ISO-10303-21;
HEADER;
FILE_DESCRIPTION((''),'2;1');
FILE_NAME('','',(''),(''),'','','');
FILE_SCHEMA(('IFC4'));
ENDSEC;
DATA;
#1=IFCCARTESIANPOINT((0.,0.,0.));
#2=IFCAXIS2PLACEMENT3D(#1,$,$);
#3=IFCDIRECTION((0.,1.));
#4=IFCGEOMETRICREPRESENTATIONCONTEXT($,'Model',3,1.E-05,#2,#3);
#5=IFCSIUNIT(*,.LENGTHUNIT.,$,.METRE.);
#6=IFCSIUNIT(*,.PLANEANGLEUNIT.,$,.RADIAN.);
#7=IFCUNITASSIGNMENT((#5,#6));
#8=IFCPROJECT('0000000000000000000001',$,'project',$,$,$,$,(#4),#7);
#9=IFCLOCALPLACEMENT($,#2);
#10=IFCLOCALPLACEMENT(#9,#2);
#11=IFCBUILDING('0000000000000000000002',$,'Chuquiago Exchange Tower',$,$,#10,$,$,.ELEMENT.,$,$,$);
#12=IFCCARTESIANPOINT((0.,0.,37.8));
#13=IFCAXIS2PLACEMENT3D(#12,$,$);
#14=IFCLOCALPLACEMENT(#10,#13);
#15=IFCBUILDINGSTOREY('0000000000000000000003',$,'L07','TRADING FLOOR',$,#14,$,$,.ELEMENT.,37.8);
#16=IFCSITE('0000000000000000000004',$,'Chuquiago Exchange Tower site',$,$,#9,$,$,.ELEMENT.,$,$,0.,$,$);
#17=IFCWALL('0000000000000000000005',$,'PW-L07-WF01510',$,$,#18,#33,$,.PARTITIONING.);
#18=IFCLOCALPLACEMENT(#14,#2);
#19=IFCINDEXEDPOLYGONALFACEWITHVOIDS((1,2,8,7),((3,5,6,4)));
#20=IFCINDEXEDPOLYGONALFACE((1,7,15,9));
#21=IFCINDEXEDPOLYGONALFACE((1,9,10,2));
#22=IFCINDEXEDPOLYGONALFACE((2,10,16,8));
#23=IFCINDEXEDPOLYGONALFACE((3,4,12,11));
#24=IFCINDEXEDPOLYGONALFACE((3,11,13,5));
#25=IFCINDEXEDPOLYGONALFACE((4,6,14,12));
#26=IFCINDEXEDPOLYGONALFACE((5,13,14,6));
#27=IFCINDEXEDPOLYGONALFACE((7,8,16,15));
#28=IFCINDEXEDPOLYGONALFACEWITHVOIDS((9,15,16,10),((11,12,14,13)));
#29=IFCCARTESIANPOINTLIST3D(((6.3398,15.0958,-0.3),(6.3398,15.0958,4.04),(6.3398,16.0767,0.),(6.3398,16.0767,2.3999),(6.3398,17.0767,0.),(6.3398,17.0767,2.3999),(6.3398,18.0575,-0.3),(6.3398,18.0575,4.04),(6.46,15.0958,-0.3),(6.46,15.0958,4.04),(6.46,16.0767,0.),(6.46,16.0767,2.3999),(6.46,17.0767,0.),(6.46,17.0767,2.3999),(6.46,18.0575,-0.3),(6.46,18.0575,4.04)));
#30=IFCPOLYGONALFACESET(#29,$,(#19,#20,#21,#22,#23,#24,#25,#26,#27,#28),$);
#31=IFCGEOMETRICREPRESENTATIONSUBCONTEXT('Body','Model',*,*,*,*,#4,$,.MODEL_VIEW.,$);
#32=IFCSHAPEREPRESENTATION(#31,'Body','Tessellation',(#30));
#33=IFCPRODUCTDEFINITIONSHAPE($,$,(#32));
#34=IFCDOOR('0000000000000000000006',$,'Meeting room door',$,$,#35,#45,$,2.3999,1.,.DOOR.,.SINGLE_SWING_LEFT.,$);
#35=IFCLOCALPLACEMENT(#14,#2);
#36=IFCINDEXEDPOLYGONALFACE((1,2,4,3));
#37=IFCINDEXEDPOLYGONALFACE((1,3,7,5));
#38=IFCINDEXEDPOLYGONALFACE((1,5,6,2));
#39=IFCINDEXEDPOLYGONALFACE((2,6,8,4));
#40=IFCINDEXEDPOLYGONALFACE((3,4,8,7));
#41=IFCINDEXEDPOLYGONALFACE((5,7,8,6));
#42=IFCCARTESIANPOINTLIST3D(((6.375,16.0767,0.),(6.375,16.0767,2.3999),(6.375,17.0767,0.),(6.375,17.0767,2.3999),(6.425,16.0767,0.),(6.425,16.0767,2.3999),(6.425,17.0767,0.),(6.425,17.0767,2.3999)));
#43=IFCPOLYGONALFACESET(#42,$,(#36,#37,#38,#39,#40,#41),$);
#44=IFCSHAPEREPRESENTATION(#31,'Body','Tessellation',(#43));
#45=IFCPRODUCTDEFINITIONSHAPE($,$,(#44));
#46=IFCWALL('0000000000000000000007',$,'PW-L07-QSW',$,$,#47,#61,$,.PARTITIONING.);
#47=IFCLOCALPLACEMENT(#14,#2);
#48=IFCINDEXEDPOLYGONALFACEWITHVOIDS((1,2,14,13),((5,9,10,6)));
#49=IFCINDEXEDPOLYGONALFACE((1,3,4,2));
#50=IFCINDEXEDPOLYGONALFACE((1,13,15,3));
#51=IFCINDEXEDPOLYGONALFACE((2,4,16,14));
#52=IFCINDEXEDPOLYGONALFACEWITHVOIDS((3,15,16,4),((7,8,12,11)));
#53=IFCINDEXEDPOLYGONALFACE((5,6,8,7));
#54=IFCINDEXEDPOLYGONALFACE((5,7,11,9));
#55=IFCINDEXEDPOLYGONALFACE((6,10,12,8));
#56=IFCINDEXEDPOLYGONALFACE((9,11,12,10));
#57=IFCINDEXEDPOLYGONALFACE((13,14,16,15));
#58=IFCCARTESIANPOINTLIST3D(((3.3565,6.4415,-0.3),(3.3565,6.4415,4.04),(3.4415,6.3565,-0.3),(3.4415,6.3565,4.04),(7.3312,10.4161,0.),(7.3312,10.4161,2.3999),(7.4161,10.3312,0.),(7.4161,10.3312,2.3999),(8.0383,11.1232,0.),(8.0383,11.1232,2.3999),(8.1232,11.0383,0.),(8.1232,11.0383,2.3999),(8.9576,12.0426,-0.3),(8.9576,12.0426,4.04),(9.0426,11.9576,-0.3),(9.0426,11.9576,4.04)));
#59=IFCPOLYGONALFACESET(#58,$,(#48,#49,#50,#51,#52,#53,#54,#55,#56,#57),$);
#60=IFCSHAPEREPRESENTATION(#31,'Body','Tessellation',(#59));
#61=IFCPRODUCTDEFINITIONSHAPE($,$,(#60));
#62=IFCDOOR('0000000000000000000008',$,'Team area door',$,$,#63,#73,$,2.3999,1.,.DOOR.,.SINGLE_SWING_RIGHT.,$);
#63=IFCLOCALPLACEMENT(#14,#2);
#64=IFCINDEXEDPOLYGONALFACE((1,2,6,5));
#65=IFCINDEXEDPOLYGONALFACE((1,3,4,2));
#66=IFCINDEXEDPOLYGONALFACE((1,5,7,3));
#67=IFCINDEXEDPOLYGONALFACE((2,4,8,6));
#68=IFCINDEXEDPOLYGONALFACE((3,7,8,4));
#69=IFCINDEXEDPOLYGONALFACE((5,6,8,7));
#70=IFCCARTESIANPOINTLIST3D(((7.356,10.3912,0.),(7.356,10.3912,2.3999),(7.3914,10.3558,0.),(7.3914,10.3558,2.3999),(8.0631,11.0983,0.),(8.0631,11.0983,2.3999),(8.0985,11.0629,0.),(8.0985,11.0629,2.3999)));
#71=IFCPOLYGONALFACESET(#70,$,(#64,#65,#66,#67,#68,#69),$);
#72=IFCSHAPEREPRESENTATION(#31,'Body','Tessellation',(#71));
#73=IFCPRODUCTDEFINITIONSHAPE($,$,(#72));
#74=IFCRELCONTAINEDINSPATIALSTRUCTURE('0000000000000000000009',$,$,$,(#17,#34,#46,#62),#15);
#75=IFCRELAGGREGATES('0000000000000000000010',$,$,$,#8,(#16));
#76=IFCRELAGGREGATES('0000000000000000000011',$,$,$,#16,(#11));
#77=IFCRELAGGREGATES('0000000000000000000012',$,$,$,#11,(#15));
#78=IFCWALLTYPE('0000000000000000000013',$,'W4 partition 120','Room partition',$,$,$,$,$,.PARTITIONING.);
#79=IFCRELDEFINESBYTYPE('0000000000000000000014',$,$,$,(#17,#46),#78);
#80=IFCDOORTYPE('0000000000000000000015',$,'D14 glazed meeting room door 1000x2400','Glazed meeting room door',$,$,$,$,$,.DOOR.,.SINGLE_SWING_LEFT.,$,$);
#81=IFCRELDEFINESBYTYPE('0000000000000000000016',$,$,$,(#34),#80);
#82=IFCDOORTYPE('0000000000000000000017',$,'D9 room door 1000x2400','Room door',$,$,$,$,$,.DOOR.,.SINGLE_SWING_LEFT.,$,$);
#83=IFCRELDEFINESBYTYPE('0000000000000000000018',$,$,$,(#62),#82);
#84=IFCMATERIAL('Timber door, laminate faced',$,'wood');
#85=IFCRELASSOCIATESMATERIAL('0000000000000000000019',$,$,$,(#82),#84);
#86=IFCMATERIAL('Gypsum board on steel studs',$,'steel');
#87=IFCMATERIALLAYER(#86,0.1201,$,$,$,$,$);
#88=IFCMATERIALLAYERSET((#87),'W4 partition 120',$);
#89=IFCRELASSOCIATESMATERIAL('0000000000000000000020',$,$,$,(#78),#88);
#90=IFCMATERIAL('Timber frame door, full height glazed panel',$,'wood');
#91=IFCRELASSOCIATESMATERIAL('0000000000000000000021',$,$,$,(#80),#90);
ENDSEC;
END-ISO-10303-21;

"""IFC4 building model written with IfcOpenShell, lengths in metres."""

from ifc_helpers import new_model, si_unit, direction, frame, frame_2d, origin, place, context, subcontext, project, spatial, rectangle, extrude, material, layer, layer_set, type_object, element, fill, save


model = new_model("IFC4")

# Units and contexts
model_context = context("Model", 3, precision=1e-05, world=origin(), true_north=direction((0.0, 1.0)))
body_context = subcontext(model_context, "Body", "Model", "MODEL_VIEW")
ifc_project = project(units=[si_unit("LENGTHUNIT", "METRE"), si_unit("PLANEANGLEUNIT", "RADIAN")], contexts=[model_context])

# Site, building, storey
site_placement = place(None, origin())
site = spatial("IfcSite", under=ifc_project, at=site_placement, Name="Chuquiago Exchange Tower site", CompositionType="ELEMENT", RefElevation=0.0)
building_placement = place(site_placement, origin())
building = spatial("IfcBuilding", under=site, at=building_placement, Name="Chuquiago Exchange Tower", CompositionType="ELEMENT")
storey_placement = place(building_placement, frame((0.0, 0.0, 37.8)))
storey = spatial("IfcBuildingStorey", under=building, at=storey_placement, Name="L07", Description="TRADING FLOOR", CompositionType="ELEMENT", Elevation=37.8)

# Shared definitions
ifc_material_1 = material(Name="Timber door, laminate faced", Category="wood")
door_type_1 = type_object("IfcDoorType", Name="D9 room door 1000x2400", Description="Room door", OperationType="SINGLE_SWING_LEFT", PredefinedType="DOOR", material=ifc_material_1)

# Shared definitions
ifc_material_2 = material(Name="Gypsum board on steel studs", Category="steel")
ifc_layer_1 = layer(ifc_material_2, 0.1201)
ifc_layer_set_1 = layer_set([ifc_layer_1], Name="W4 partition 120")
wall_type_1 = type_object("IfcWallType", Name="W4 partition 120", Description="Room partition", PredefinedType="PARTITIONING", material=ifc_layer_set_1)

# Walls, openings, doors
ifc_material_3 = material(Name="Timber frame door, full height glazed panel", Category="wood")
door_type_2 = type_object("IfcDoorType", Name="D14 glazed meeting room door 1000x2400", Description="Glazed meeting room door", OperationType="SINGLE_SWING_LEFT", PredefinedType="DOOR", material=ifc_material_3)
wall_1_placement = place(storey_placement, frame((6.3999, 15.0957, -0.3), z_axis=(0.0, 0.0, 1.0), x_axis=(0.0, 1.0, 0.0)))
wall_1 = element("IfcWall", 1, at=wall_1_placement, inside=storey, type_object=wall_type_1, Name="PW-L07-WF01510", PredefinedType="PARTITIONING", context=body_context, shape_type="SweptSolid", body=[
    extrude(rectangle(XDim=2.9617, YDim=0.1201, at=frame_2d((1.481, 0.0))), origin(), (0.0, 0.0, 1.0), 4.3401),
])
opening_1_placement = place(wall_1_placement, frame((0.981, 0.0, 0.3)))
opening_1 = element("IfcOpeningElement", 2, at=opening_1_placement, cuts=wall_1, PredefinedType="OPENING", context=body_context, shape_type="SweptSolid", body=[
    extrude(rectangle(XDim=1.0, YDim=2.3999, at=frame_2d((0.5, 1.2))), frame((0.0, 0.0701, 0.0), z_axis=(0.0, -1.0, 0.0), x_axis=(1.0, 0.0, 0.0)), (0.0, 0.0, 1.0), 0.1401),
])
door_1_placement = place(opening_1_placement, origin())
door_1 = element("IfcDoor", 3, at=door_1_placement, inside=storey, type_object=door_type_2, Name="Meeting room door", OperationType="SINGLE_SWING_LEFT", OverallHeight=2.3999, OverallWidth=1.0, PredefinedType="DOOR", context=body_context, shape_type="SweptSolid", body=[
    extrude(rectangle(XDim=1.0, YDim=2.3999, at=frame_2d((0.5, 1.2))), frame((0.0, 0.0249, 0.0), z_axis=(0.0, -1.0, 0.0), x_axis=(1.0, 0.0, 0.0)), (0.0, 0.0, 1.0), 0.05),
])
fill(opening_1, door_1)
wall_2_placement = place(storey_placement, frame((9.0, 12.0, -0.3), z_axis=(0.0, 0.0, 1.0), x_axis=(-0.707107, -0.707107, 0.0)))
wall_2 = element("IfcWall", 4, at=wall_2_placement, inside=storey, type_object=wall_type_1, Name="PW-L07-QSW", PredefinedType="PARTITIONING", context=body_context, shape_type="SweptSolid", body=[
    extrude(rectangle(XDim=7.9211, YDim=0.1201, at=frame_2d((3.9604, 0.0))), origin(), (0.0, 0.0, 1.0), 4.3401),
])
opening_2_placement = place(wall_2_placement, frame((1.3, 0.0, 0.3)))
opening_2 = element("IfcOpeningElement", 5, at=opening_2_placement, cuts=wall_2, PredefinedType="OPENING", context=body_context, shape_type="SweptSolid", body=[
    extrude(rectangle(XDim=1.0, YDim=2.3999, at=frame_2d((0.5, 1.2))), frame((0.0, 0.0701, 0.0), z_axis=(0.0, -1.0, 0.0), x_axis=(1.0, 0.0, 0.0)), (0.0, 0.0, 1.0), 0.1401),
])
door_2_placement = place(opening_2_placement, frame((1.0, 0.0, 0.0), z_axis=(0.0, 0.0, 1.0), x_axis=(-1.0, 0.0, 0.0)))
door_2 = element("IfcDoor", 6, at=door_2_placement, inside=storey, type_object=door_type_1, Name="Team area door", OperationType="SINGLE_SWING_RIGHT", OverallHeight=2.3999, OverallWidth=1.0, PredefinedType="DOOR", context=body_context, shape_type="SweptSolid", body=[
    extrude(rectangle(XDim=1.0, YDim=2.3999, at=frame_2d((0.5, 1.2))), frame((0.0, 0.0249, 0.0), z_axis=(0.0, -1.0, 0.0), x_axis=(1.0, 0.0, 0.0)), (0.0, 0.0, 1.0), 0.05),
])
fill(opening_2, door_2)

save(model, "model.ifc")
